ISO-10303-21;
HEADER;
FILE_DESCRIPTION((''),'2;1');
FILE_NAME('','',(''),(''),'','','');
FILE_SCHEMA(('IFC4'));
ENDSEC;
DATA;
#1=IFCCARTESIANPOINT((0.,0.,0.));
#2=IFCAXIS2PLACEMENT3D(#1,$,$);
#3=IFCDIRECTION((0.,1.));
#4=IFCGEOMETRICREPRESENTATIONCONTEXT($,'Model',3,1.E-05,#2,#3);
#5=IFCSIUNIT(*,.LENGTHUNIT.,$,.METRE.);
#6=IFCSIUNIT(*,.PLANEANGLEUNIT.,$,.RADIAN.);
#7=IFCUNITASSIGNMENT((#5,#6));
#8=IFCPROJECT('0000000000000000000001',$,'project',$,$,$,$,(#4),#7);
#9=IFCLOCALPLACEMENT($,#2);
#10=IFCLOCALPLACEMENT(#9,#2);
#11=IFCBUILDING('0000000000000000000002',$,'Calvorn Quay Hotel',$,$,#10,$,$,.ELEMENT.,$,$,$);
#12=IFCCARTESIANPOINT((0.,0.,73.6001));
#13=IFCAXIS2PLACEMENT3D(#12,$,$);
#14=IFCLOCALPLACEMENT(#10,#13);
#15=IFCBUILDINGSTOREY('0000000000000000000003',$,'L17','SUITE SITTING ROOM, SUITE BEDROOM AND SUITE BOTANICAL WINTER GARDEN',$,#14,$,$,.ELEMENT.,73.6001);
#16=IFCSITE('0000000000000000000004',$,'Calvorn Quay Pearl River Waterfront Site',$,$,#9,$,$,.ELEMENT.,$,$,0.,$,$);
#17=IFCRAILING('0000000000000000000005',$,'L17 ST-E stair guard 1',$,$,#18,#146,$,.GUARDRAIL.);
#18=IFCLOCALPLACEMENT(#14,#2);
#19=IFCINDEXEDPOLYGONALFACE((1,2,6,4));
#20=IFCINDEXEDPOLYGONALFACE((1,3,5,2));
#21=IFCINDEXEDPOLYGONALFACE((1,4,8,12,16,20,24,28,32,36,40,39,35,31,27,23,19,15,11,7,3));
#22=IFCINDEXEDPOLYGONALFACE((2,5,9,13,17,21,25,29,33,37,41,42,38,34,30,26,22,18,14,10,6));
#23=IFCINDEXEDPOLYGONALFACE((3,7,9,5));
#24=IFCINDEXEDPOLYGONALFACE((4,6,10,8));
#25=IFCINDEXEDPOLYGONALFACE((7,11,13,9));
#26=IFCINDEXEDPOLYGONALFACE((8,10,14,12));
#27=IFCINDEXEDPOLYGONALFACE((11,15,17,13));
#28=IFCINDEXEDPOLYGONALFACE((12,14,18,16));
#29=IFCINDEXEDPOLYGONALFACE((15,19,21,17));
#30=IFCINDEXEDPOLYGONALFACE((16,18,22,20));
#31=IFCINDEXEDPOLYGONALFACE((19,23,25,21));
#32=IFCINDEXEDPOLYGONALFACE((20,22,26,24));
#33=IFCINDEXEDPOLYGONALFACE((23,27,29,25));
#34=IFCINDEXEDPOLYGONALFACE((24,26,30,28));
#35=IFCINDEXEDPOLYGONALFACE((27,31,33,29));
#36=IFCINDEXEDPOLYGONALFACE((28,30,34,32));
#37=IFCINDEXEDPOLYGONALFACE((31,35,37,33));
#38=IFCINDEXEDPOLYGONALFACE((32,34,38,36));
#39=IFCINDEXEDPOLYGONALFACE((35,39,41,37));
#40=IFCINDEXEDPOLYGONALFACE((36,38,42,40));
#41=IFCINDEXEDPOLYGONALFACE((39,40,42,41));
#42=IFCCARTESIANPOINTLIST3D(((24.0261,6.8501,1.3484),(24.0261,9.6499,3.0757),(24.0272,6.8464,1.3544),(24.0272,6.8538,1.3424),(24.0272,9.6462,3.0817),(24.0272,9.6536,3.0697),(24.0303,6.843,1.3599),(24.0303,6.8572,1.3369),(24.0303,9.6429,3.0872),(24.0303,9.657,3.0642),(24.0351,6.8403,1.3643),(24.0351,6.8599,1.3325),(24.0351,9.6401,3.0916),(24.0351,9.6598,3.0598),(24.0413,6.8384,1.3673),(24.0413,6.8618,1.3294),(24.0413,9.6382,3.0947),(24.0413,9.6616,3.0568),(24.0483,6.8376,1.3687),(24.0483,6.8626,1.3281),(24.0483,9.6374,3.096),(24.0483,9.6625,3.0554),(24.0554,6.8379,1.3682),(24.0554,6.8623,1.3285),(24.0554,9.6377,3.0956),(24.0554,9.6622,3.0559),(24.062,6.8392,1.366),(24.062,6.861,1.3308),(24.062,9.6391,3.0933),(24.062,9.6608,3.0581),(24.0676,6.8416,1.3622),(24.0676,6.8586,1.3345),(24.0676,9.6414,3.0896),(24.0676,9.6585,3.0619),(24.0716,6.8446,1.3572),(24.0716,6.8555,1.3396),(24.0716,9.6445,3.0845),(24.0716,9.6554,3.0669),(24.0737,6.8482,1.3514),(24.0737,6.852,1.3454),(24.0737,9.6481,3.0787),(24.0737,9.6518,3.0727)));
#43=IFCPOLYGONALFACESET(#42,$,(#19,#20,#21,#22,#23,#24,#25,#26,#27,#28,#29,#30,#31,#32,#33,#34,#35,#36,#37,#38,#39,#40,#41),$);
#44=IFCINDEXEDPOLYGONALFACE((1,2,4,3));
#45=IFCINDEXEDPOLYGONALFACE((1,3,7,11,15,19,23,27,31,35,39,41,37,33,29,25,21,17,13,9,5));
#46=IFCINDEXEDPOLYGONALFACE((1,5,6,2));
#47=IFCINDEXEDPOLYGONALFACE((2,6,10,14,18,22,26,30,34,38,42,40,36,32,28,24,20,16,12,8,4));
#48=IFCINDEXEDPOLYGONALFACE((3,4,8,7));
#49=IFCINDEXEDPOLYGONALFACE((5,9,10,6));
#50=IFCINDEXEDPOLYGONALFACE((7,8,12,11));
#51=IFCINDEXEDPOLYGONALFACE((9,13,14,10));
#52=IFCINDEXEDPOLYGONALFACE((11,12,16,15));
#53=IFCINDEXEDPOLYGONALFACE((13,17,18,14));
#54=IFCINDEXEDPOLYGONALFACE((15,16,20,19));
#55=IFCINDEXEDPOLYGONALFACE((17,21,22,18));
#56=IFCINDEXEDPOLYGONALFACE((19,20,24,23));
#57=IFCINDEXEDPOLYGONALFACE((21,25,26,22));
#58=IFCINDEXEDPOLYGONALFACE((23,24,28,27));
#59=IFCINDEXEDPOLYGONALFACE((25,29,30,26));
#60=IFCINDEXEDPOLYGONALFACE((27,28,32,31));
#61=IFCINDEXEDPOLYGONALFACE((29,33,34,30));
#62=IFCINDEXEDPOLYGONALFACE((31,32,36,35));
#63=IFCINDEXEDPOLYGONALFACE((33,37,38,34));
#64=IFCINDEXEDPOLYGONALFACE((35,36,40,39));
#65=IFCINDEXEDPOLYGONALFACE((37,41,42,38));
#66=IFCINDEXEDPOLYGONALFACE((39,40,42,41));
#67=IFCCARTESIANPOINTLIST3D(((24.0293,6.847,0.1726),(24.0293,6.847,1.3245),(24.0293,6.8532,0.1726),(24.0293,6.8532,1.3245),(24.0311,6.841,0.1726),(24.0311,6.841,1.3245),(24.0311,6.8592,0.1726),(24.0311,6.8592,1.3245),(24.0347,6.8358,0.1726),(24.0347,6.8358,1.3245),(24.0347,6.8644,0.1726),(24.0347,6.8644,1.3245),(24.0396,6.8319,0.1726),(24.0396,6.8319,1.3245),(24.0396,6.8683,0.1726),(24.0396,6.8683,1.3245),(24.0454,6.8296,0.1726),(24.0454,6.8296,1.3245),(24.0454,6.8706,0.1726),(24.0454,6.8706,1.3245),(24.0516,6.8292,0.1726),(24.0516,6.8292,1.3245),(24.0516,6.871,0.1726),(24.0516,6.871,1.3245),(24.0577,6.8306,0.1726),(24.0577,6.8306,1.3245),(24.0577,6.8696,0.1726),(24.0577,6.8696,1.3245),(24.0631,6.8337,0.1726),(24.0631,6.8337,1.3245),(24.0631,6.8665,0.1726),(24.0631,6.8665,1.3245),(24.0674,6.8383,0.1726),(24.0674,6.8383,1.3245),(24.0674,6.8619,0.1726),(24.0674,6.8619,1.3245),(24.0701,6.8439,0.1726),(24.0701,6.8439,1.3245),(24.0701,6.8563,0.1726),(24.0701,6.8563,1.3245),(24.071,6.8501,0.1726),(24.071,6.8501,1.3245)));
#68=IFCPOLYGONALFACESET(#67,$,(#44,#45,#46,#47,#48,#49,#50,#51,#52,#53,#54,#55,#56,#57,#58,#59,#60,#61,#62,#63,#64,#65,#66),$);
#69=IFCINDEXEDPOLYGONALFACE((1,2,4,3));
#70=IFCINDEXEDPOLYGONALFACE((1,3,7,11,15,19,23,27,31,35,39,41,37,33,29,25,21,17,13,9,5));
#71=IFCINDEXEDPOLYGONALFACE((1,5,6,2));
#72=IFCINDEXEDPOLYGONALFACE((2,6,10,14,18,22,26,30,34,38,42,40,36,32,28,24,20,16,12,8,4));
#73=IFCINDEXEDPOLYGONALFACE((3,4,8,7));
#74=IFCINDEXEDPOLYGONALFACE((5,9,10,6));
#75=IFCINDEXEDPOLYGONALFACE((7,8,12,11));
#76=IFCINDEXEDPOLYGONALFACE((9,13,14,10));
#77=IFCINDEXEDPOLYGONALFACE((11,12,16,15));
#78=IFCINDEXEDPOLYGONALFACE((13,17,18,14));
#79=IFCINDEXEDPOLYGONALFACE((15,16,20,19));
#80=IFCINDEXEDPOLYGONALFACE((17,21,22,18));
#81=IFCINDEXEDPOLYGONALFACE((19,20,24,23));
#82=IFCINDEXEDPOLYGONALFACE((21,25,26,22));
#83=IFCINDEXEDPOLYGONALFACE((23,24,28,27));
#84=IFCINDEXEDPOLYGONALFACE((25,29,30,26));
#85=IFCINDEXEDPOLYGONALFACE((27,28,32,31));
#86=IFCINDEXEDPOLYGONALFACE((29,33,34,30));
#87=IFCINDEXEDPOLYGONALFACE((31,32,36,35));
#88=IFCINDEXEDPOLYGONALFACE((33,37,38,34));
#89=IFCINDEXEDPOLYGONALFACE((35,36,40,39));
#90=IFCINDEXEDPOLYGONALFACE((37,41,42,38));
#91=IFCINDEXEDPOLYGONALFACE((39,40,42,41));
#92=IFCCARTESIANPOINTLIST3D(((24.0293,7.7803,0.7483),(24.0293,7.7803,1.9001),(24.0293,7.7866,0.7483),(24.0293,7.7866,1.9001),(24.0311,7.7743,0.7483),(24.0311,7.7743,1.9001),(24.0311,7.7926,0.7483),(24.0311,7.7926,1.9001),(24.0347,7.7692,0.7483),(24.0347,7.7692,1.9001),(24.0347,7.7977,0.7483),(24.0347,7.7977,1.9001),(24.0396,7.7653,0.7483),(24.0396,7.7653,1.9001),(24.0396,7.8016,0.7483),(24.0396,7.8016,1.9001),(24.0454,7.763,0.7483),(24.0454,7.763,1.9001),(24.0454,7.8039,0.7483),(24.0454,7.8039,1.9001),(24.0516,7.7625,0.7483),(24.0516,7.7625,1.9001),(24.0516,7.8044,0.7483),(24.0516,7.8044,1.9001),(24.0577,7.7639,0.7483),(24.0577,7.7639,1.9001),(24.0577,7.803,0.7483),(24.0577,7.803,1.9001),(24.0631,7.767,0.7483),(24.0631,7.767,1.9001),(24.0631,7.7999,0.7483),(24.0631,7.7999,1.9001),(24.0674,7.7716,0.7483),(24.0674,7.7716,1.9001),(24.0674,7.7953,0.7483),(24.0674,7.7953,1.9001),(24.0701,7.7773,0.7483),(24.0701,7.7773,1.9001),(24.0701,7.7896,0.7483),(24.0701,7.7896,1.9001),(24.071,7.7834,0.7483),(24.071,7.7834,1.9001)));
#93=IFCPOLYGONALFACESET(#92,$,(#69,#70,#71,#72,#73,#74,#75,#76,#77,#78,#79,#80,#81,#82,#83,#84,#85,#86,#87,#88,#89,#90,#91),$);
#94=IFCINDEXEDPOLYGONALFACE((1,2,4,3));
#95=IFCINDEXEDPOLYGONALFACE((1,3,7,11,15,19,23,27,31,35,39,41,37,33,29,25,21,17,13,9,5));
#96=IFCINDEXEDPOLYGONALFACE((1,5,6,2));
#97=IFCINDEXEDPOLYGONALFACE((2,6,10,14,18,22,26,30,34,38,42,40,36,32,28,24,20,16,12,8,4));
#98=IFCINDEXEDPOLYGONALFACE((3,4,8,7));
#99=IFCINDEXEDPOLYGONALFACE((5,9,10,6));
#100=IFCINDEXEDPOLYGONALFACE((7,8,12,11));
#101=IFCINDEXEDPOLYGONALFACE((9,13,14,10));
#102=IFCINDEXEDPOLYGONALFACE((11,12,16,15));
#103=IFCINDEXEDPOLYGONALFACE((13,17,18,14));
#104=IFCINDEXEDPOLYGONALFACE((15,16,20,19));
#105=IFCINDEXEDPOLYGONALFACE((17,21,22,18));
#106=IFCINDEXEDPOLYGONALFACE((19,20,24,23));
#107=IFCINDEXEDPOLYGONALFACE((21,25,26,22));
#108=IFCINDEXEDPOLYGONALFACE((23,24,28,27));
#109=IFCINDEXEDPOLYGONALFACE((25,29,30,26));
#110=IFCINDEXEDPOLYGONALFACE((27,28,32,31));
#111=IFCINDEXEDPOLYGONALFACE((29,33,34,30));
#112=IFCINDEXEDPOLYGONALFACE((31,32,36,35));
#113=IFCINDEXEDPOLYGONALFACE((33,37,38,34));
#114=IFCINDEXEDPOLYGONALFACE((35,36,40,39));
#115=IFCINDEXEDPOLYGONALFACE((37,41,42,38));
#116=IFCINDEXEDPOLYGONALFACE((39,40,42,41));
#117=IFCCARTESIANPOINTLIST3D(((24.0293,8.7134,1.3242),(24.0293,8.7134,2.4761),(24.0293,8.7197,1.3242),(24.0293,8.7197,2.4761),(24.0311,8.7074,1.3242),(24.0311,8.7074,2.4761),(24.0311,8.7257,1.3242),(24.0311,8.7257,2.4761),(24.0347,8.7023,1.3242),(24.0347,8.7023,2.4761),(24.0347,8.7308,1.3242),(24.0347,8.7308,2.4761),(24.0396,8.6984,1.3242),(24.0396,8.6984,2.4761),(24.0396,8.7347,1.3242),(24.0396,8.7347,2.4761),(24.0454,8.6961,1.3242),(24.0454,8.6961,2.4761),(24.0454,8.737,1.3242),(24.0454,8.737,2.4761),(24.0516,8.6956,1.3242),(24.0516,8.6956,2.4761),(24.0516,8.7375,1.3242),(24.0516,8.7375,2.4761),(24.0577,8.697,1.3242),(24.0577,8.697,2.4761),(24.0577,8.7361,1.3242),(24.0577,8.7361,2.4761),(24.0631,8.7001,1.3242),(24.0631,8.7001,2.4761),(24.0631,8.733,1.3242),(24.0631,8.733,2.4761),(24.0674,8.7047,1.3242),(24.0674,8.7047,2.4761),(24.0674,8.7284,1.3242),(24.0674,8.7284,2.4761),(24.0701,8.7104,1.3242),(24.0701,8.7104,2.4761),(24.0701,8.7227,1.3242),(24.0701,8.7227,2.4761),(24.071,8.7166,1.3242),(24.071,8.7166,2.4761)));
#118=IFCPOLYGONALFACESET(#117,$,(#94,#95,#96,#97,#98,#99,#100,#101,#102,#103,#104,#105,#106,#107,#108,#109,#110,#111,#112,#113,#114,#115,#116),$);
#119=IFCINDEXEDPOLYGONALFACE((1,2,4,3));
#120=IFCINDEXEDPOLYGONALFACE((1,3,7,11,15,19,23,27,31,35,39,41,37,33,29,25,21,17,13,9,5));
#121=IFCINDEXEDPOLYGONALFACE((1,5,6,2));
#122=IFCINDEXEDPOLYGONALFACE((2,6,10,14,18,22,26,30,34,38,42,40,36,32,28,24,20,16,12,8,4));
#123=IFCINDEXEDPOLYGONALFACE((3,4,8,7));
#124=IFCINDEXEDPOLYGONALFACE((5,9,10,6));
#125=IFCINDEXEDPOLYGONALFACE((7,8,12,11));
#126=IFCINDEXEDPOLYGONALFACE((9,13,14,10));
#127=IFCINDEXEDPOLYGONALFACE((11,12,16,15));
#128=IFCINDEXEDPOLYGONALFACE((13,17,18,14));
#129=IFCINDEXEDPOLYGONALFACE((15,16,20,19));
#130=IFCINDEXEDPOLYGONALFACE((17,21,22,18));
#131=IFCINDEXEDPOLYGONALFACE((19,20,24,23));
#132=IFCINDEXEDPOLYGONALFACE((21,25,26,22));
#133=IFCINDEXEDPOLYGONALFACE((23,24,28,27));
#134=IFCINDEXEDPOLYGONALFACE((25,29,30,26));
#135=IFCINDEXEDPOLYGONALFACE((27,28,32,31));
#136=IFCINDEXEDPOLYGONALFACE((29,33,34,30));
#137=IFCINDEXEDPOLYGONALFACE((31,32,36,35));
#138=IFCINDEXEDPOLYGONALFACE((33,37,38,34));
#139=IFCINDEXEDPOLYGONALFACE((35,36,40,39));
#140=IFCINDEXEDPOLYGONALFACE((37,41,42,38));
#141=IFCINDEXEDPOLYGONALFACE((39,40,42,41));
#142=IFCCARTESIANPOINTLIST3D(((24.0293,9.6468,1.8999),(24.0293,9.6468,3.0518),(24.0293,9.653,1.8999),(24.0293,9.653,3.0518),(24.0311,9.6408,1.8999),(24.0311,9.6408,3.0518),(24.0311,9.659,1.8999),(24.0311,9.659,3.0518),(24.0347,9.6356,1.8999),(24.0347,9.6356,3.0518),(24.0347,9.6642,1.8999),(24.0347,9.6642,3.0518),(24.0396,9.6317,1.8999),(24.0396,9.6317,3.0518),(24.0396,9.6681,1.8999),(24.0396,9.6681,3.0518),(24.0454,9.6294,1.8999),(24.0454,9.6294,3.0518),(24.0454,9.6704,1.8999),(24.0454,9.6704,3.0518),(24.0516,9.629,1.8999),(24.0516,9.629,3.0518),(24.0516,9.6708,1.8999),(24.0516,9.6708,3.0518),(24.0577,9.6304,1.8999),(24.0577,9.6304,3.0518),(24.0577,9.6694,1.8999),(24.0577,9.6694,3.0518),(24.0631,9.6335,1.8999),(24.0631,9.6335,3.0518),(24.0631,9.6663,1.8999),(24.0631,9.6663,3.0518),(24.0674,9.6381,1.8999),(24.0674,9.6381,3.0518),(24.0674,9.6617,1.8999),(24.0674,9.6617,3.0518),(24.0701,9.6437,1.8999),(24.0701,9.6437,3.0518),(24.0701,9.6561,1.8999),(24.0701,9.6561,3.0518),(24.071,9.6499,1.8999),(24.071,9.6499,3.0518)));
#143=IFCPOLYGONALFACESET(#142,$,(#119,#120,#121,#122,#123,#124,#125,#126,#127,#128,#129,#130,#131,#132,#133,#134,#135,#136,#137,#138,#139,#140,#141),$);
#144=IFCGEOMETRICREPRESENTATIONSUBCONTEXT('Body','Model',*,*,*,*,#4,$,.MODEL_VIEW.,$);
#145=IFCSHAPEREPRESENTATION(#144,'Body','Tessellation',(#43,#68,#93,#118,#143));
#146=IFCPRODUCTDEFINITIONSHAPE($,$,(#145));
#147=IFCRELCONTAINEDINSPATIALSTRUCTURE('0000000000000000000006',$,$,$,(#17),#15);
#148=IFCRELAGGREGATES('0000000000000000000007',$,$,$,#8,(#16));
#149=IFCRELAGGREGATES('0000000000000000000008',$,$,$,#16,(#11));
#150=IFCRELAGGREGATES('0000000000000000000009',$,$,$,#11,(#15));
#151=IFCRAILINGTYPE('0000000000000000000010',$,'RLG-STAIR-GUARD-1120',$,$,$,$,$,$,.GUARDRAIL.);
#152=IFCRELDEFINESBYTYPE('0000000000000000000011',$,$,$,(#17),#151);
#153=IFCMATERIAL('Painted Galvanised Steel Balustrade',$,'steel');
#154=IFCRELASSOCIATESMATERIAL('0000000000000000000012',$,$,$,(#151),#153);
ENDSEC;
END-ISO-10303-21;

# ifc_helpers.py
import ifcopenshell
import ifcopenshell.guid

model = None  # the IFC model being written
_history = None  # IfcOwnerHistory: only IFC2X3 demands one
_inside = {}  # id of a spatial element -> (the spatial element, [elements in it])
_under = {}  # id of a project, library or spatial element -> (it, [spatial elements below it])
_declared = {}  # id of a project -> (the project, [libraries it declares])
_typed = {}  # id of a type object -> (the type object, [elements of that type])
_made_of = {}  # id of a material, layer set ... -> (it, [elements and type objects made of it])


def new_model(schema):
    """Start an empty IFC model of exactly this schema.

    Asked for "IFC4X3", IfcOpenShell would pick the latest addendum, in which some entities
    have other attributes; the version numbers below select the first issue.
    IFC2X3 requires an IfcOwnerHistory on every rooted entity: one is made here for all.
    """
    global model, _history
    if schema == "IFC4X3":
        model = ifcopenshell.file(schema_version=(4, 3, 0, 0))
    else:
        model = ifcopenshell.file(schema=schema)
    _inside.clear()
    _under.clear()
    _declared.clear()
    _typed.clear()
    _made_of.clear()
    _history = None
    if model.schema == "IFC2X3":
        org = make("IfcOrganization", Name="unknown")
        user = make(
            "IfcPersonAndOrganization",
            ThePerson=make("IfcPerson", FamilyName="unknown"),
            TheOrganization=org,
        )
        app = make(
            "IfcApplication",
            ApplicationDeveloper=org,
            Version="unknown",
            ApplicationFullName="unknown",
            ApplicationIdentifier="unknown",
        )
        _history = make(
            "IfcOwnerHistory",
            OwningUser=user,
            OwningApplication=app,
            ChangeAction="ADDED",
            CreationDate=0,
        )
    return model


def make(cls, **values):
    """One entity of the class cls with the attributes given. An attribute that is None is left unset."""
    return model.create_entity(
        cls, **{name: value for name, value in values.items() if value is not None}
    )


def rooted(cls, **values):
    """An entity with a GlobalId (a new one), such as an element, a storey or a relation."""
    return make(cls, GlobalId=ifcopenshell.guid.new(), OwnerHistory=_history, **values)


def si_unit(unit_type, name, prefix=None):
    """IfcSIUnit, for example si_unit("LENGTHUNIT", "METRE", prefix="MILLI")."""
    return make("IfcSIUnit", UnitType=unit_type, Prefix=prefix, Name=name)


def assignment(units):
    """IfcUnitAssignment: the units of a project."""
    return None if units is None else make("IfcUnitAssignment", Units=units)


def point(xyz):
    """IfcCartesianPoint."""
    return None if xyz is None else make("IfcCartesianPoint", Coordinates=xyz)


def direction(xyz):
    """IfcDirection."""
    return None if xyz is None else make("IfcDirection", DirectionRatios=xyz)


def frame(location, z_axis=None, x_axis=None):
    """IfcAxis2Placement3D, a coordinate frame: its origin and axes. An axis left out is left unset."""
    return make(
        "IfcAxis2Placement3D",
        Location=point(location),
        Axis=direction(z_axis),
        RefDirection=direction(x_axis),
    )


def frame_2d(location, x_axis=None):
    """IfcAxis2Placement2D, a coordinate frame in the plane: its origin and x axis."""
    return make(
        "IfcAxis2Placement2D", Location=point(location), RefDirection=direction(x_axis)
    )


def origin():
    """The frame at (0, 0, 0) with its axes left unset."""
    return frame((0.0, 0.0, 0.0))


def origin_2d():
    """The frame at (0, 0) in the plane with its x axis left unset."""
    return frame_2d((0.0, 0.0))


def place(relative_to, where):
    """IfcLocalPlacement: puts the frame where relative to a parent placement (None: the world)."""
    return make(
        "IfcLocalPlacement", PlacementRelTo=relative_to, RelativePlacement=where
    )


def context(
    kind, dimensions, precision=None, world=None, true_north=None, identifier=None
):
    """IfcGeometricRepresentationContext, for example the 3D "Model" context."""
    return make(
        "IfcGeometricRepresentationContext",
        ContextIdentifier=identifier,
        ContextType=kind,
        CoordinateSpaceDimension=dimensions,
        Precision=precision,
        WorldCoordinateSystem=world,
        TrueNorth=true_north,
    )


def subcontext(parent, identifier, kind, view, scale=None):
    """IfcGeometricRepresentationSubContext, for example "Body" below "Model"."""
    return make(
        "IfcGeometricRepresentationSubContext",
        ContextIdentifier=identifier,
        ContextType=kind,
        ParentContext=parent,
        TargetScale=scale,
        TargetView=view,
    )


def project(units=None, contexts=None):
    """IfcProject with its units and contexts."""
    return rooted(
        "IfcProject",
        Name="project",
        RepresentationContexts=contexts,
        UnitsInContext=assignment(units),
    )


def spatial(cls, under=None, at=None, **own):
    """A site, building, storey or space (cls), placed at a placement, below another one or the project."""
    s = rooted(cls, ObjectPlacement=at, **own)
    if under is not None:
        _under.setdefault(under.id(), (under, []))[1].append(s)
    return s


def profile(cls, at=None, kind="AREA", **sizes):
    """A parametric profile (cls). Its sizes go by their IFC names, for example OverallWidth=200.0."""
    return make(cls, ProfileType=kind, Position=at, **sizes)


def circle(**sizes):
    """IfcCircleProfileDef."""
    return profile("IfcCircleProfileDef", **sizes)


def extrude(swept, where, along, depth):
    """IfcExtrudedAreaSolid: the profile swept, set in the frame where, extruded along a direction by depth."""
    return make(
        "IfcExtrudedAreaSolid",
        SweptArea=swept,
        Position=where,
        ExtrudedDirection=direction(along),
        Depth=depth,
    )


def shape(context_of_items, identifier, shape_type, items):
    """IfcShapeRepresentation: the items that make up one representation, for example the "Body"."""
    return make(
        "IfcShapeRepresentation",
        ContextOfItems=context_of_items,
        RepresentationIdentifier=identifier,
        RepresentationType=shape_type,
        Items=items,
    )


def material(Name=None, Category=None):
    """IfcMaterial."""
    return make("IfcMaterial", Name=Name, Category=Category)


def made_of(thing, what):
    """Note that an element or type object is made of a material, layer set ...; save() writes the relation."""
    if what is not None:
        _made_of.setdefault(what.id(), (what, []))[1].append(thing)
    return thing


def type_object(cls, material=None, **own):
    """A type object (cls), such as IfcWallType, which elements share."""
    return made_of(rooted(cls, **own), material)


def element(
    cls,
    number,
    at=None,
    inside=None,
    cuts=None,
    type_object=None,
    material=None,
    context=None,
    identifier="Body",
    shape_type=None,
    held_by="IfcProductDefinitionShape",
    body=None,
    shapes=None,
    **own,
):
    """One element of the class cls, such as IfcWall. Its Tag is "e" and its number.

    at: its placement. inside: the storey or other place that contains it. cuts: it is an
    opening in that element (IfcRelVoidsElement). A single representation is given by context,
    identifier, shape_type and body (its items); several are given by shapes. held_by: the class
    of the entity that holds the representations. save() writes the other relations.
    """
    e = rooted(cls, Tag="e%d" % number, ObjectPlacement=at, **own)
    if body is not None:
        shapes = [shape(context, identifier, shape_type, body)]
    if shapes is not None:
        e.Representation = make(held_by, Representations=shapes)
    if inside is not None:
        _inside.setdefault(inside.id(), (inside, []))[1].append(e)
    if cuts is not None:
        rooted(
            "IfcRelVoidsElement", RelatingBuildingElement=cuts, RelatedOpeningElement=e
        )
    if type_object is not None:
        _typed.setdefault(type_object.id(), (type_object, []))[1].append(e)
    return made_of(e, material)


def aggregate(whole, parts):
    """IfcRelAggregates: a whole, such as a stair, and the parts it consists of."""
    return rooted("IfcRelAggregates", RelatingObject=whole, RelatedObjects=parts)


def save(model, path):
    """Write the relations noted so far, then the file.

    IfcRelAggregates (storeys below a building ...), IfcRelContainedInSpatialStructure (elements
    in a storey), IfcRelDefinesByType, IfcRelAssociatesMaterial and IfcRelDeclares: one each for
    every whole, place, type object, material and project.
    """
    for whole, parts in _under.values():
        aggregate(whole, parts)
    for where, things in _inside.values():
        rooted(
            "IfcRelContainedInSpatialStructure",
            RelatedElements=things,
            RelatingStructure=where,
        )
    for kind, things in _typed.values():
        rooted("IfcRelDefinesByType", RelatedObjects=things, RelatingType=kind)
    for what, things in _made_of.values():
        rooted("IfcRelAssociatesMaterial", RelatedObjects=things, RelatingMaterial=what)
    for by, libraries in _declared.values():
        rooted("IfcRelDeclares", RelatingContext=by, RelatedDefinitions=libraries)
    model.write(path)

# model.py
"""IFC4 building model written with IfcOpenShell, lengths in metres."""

from ifc_helpers import new_model, si_unit, direction, frame, origin, origin_2d, place, context, subcontext, project, spatial, circle, extrude, material, type_object, element, save


model = new_model("IFC4")

# Units and contexts
model_context = context("Model", 3, precision=1e-05, world=origin(), true_north=direction((0.0, 1.0)))
body_context = subcontext(model_context, "Body", "Model", "MODEL_VIEW")
ifc_project = project(units=[si_unit("LENGTHUNIT", "METRE"), si_unit("PLANEANGLEUNIT", "RADIAN")], contexts=[model_context])

# Site, building, storey
site_placement = place(None, origin())
site = spatial("IfcSite", under=ifc_project, at=site_placement, Name="Calvorn Quay Pearl River Waterfront Site", CompositionType="ELEMENT", RefElevation=0.0)
building_placement = place(site_placement, origin())
building = spatial("IfcBuilding", under=site, at=building_placement, Name="Calvorn Quay Hotel", CompositionType="ELEMENT")
storey_placement = place(building_placement, frame((0.0, 0.0, 73.6001)))
storey = spatial("IfcBuildingStorey", under=building, at=storey_placement, Name="L17", Description="SUITE SITTING ROOM, SUITE BEDROOM AND SUITE BOTANICAL WINTER GARDEN", CompositionType="ELEMENT", Elevation=73.6001)

# Railing
ifc_material_1 = material(Name="Painted Galvanised Steel Balustrade", Category="steel")
railing_type_1 = type_object("IfcRailingType", Name="RLG-STAIR-GUARD-1120", PredefinedType="GUARDRAIL", material=ifc_material_1)
railing_1_placement = place(storey_placement, frame((24.05, 6.8501, 0.1726)))
element("IfcRailing", 1, at=railing_1_placement, inside=storey, type_object=railing_type_1, Name="L17 ST-E stair guard 1", PredefinedType="GUARDRAIL", context=body_context, shape_type="SweptSolid", body=[
    extrude(circle(Radius=0.0239, at=origin_2d()), frame((0.0, 0.0, 1.1758), z_axis=(0.0, 0.851069, 0.525054), x_axis=(-1.0, 0.0, 0.0)), (0.0, 0.0, 1.0), 3.2898),
    extrude(circle(Radius=0.021, at=origin_2d()), origin(), (0.0, 0.0, 1.0), 1.1519),
    extrude(circle(Radius=0.021, at=origin_2d()), frame((0.0, 0.9333, 0.5757)), (0.0, 0.0, 1.0), 1.1519),
    extrude(circle(Radius=0.021, at=origin_2d()), frame((0.0, 1.8665, 1.1516)), (0.0, 0.0, 1.0), 1.1519),
    extrude(circle(Radius=0.021, at=origin_2d()), frame((0.0, 2.7998, 1.7273)), (0.0, 0.0, 1.0), 1.1519),
])

save(model, "model.ifc")
